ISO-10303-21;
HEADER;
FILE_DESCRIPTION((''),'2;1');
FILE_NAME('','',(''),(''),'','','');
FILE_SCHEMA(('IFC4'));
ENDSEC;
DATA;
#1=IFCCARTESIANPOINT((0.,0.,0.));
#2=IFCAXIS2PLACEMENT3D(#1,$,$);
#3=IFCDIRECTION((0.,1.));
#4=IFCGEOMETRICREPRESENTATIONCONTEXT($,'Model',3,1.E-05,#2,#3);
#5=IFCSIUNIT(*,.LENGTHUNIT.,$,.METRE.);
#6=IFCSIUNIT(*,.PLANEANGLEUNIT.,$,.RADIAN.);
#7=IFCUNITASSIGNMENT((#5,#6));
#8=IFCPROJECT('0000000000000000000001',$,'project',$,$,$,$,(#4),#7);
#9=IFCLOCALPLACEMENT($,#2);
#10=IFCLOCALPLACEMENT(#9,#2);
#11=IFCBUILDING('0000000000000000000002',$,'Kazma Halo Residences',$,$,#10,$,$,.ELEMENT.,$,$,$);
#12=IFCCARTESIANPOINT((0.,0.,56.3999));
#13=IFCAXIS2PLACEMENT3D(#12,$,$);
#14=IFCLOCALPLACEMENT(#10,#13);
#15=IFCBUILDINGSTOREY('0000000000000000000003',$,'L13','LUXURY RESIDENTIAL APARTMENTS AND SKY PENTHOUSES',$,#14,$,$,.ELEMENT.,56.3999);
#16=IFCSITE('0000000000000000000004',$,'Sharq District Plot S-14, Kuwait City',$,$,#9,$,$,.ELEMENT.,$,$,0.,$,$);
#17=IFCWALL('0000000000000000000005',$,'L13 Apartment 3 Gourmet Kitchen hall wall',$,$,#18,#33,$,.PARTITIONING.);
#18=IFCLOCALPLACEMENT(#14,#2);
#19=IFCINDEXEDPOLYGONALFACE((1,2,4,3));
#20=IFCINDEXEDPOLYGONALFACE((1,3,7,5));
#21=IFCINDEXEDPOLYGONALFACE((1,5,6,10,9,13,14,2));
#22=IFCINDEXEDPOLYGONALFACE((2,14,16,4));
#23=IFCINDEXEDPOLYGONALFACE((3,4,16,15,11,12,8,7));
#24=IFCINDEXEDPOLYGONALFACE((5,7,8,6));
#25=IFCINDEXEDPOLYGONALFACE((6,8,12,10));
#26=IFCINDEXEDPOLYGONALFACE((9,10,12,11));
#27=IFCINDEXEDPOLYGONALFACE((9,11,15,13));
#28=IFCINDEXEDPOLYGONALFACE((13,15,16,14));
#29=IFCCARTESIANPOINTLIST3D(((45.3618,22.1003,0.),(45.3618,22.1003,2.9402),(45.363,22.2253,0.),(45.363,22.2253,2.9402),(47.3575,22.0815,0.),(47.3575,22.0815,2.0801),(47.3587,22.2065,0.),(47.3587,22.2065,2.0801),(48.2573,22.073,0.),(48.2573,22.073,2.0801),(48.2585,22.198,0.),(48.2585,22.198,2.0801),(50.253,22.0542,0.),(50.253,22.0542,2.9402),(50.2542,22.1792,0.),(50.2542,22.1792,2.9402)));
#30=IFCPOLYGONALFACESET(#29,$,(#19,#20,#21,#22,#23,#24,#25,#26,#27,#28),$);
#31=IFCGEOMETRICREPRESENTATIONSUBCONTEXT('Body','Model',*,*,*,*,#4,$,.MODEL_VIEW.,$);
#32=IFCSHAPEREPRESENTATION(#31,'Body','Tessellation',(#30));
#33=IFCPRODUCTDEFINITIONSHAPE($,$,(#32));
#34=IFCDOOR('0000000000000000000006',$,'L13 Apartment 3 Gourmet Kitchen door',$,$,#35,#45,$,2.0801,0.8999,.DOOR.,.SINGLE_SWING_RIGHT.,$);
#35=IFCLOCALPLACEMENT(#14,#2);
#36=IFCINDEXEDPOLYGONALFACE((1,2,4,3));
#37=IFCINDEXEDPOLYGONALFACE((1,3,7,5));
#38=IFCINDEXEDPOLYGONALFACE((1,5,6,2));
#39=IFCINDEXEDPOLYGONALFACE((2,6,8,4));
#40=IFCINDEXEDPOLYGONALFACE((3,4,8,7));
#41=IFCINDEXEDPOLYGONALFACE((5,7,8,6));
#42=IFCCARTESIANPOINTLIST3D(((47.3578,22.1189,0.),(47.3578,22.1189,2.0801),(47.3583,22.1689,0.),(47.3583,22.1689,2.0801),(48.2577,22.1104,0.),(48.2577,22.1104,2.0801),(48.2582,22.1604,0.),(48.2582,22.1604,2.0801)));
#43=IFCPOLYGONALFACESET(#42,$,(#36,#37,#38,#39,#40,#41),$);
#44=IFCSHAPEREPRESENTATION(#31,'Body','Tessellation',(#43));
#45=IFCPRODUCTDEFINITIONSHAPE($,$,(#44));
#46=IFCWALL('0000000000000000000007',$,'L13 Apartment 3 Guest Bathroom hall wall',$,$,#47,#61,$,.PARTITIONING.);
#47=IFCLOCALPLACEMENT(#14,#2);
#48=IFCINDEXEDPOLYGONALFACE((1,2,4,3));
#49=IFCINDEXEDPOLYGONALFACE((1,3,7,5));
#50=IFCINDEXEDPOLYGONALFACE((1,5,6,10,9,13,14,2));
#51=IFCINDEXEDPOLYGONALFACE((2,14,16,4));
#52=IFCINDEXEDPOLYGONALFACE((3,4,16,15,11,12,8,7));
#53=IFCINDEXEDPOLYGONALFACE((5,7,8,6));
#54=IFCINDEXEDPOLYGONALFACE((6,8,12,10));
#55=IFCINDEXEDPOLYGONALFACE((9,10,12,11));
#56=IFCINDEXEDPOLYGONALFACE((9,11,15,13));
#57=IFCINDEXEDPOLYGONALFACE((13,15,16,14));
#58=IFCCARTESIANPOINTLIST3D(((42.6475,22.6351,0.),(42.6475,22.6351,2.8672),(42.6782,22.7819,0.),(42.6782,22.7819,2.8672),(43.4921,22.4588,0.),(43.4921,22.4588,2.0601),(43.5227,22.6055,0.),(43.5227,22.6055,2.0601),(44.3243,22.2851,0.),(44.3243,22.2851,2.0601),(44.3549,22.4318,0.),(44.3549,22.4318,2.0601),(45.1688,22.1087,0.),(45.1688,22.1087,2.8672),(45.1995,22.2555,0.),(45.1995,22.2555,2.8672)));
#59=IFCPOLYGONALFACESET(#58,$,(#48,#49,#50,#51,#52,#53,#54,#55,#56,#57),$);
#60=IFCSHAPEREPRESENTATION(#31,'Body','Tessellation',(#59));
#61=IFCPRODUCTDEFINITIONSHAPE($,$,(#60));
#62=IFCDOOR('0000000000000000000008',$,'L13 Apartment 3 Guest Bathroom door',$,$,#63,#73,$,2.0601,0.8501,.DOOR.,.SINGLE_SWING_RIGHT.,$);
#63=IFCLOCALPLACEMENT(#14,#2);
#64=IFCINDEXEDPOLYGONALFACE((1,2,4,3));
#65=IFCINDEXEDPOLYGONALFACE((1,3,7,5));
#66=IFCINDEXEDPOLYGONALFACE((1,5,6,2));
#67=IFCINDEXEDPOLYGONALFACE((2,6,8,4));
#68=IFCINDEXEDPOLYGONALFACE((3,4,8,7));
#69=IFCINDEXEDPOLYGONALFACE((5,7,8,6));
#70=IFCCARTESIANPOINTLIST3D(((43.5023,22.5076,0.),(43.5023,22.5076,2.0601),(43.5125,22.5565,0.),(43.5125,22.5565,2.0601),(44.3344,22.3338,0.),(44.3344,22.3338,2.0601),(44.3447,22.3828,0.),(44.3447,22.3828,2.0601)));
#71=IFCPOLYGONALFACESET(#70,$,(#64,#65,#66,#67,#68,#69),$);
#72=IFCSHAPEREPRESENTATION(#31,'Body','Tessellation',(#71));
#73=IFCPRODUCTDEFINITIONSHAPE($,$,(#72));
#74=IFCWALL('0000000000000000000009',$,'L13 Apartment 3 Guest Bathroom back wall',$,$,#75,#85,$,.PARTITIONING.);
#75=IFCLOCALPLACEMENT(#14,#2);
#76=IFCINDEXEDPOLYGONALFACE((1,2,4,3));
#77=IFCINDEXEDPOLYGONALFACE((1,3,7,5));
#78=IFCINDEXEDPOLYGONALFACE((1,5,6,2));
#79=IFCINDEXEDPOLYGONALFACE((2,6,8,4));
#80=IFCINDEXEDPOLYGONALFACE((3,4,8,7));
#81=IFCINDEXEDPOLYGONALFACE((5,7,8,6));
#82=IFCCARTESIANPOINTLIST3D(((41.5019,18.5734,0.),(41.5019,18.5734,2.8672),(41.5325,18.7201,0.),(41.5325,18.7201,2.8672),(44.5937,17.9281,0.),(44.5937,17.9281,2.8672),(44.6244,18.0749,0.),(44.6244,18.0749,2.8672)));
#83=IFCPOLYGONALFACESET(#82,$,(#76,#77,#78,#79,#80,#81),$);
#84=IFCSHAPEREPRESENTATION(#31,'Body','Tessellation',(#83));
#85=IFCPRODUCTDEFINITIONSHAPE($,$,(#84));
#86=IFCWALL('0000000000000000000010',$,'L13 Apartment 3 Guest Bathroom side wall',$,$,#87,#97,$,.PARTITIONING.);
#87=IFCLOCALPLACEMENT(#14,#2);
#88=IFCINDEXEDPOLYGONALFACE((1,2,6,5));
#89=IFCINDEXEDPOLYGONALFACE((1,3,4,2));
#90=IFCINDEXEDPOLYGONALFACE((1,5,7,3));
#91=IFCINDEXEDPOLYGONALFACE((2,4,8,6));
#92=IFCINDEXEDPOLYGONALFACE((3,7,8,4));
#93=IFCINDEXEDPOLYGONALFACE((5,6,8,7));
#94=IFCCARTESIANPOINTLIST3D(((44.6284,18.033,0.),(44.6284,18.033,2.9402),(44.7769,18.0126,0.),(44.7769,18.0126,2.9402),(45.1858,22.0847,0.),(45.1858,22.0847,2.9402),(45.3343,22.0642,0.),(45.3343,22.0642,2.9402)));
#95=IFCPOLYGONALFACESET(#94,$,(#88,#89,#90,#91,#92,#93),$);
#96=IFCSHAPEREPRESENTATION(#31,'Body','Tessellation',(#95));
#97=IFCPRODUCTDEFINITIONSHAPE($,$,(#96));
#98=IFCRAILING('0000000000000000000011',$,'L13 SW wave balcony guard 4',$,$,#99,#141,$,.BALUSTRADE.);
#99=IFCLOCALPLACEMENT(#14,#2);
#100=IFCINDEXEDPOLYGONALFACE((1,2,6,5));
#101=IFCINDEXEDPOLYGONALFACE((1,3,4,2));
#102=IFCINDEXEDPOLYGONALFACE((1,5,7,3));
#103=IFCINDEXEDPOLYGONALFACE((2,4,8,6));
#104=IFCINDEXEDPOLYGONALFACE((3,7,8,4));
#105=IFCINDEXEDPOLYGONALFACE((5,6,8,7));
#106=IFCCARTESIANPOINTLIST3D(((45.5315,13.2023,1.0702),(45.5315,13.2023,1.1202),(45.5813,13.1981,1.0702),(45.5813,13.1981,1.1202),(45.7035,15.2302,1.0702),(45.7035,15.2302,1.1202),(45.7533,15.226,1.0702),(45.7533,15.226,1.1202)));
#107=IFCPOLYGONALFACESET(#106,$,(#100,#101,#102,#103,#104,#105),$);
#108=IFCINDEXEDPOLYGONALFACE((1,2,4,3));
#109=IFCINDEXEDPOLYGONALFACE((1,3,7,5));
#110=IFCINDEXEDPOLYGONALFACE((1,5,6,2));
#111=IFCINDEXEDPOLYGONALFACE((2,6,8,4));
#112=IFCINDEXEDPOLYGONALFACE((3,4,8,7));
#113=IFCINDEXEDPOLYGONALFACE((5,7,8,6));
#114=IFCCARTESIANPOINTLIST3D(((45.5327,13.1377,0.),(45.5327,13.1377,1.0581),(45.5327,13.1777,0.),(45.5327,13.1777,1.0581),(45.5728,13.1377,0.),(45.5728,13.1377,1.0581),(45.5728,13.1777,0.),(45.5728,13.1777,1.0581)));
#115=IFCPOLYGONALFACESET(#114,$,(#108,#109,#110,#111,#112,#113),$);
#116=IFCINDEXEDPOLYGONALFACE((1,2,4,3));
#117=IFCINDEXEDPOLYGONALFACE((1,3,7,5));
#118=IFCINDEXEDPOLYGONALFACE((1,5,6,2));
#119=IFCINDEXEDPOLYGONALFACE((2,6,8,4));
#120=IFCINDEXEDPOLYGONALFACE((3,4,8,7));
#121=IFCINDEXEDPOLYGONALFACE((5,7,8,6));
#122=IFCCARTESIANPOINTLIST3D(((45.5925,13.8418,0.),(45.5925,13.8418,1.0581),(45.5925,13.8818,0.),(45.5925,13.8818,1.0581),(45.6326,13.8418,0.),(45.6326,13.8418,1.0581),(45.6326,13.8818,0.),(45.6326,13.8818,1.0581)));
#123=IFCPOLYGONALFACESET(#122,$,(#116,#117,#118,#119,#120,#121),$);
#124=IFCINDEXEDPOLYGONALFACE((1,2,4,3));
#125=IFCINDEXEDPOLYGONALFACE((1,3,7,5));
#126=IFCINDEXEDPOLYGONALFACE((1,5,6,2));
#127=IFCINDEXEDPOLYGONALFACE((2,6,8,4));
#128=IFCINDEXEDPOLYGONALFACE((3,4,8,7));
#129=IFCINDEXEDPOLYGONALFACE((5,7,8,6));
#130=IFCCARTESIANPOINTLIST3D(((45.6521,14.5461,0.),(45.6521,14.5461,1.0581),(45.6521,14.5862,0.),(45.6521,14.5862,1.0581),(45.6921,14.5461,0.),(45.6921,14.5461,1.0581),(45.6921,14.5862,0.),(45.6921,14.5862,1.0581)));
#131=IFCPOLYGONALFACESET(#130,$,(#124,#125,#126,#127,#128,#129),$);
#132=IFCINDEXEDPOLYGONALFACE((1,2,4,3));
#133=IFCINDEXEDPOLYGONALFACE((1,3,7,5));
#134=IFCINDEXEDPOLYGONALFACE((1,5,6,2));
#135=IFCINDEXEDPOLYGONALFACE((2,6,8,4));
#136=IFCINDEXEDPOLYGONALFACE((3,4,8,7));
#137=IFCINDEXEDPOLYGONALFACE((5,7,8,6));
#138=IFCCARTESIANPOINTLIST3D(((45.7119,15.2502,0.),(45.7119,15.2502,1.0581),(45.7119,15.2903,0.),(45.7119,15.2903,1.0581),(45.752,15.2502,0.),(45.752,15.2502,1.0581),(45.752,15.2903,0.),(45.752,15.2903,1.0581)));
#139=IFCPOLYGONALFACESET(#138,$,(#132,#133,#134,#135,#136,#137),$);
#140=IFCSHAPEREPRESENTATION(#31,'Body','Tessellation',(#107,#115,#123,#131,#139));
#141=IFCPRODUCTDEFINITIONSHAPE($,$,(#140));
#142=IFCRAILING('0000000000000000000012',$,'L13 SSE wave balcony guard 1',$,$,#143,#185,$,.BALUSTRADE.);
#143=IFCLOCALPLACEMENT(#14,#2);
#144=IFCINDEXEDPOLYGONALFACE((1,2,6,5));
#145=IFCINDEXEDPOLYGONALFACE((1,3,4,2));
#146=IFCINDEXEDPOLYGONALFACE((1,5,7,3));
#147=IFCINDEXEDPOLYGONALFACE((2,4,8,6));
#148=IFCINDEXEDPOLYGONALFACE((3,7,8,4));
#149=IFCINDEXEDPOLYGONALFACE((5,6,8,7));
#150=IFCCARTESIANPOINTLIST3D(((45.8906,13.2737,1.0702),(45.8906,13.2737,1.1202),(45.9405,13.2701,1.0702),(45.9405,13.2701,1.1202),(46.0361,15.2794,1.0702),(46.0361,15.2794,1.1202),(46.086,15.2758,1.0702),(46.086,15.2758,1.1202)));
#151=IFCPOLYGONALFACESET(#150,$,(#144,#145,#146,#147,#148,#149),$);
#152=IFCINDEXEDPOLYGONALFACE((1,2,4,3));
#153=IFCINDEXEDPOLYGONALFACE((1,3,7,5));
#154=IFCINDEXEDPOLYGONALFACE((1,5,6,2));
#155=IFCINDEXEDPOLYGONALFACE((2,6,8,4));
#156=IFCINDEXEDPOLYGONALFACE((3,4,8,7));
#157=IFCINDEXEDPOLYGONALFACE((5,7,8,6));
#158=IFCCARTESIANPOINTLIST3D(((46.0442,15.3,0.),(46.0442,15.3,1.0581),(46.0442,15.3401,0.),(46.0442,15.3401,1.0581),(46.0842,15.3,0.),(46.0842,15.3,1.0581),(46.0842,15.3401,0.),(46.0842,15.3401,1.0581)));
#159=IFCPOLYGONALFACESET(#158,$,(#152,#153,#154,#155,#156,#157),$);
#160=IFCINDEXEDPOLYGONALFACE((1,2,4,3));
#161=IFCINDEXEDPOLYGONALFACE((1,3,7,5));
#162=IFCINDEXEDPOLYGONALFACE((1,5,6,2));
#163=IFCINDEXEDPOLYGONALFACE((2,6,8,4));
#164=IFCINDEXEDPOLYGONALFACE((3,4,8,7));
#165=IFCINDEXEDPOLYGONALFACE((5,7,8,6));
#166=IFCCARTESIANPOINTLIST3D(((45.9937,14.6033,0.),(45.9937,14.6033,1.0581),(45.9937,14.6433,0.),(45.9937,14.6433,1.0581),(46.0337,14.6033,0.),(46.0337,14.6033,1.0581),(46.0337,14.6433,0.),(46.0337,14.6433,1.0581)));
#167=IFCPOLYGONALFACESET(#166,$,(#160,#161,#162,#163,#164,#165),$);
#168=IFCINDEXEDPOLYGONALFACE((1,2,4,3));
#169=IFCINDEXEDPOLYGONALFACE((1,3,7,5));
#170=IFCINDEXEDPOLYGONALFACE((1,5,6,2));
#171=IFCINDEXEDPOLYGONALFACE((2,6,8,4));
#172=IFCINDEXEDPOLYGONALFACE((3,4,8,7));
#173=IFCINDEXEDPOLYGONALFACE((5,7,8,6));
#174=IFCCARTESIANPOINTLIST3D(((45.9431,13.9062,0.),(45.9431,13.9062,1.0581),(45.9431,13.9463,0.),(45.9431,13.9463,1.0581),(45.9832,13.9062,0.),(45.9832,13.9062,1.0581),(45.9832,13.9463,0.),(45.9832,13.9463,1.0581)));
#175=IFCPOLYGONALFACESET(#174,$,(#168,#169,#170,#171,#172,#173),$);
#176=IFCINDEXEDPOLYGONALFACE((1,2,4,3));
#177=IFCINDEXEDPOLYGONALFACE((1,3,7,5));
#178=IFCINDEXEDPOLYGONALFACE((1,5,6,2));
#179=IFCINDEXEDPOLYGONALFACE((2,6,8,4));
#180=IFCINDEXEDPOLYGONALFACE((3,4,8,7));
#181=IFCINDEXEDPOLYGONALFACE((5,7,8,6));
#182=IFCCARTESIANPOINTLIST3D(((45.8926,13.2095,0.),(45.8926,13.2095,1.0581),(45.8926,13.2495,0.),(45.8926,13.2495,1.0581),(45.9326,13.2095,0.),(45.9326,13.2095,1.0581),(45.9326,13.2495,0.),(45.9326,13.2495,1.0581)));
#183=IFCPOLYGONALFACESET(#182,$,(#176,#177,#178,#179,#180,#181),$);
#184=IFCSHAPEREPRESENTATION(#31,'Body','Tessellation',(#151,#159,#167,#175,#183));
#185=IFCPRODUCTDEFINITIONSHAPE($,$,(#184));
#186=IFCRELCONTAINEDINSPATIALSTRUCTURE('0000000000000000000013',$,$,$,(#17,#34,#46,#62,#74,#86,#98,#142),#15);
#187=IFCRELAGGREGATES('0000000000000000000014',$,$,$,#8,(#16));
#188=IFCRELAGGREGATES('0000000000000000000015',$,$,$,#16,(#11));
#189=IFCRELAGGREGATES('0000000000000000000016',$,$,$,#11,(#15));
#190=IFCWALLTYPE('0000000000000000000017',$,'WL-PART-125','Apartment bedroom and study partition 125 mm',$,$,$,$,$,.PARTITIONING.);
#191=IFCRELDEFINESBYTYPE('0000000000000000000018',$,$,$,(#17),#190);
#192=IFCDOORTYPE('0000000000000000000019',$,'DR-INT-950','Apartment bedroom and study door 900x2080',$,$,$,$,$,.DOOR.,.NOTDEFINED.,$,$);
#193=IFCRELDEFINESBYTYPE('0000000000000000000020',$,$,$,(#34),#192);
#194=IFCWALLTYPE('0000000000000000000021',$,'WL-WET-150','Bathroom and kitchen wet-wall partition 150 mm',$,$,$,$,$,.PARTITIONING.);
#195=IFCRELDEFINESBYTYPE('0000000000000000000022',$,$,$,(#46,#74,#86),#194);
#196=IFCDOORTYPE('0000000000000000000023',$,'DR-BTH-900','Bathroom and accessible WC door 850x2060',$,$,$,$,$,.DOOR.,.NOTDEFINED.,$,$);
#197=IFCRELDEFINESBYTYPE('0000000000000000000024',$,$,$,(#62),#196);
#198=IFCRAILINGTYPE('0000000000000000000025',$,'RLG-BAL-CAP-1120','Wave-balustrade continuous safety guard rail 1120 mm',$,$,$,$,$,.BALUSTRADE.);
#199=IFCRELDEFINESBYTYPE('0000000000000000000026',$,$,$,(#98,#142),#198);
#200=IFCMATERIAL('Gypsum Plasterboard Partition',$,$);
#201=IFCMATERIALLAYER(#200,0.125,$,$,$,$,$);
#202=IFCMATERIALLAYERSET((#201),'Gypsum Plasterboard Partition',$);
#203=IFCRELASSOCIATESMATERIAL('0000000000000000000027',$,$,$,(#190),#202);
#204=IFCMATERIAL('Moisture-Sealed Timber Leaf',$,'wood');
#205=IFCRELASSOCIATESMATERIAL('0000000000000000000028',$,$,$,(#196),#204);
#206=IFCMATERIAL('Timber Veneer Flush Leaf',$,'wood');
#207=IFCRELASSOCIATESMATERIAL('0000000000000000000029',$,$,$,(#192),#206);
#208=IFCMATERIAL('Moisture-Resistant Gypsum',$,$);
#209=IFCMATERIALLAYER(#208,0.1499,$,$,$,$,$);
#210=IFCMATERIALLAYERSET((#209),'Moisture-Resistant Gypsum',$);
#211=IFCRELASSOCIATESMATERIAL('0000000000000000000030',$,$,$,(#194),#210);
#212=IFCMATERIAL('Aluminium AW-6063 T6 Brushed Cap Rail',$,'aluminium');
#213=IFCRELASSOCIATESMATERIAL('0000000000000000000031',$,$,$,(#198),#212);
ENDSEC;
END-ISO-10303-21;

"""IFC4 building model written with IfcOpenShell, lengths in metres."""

from ifc_helpers import new_model, si_unit, direction, frame, frame_2d, origin, origin_2d, place, context, subcontext, project, spatial, rectangle, extrude, material, layer, layer_set, type_object, element, fill, save


model = new_model("IFC4")

# Units and contexts
model_context = context("Model", 3, precision=1e-05, world=origin(), true_north=direction((0.0, 1.0)))
body_context = subcontext(model_context, "Body", "Model", "MODEL_VIEW")
ifc_project = project(units=[si_unit("LENGTHUNIT", "METRE"), si_unit("PLANEANGLEUNIT", "RADIAN")], contexts=[model_context])

# Site, building, storey
site_placement = place(None, origin())
site = spatial("IfcSite", under=ifc_project, at=site_placement, Name="Sharq District Plot S-14, Kuwait City", CompositionType="ELEMENT", RefElevation=0.0)
building_placement = place(site_placement, origin())
building = spatial("IfcBuilding", under=site, at=building_placement, Name="Kazma Halo Residences", CompositionType="ELEMENT")
storey_placement = place(building_placement, frame((0.0, 0.0, 56.3999)))
storey = spatial("IfcBuildingStorey", under=building, at=storey_placement, Name="L13", Description="LUXURY RESIDENTIAL APARTMENTS AND SKY PENTHOUSES", CompositionType="ELEMENT", Elevation=56.3999)

# Shared definitions
ifc_material_1 = material(Name="Gypsum Plasterboard Partition")
ifc_layer_1 = layer(ifc_material_1, 0.125)
ifc_layer_set_1 = layer_set([ifc_layer_1], Name="Gypsum Plasterboard Partition")
wall_type_1 = type_object("IfcWallType", Name="WL-PART-125", Description="Apartment bedroom and study partition 125 mm", PredefinedType="PARTITIONING", material=ifc_layer_set_1)

# Walls, openings, doors
ifc_material_2 = material(Name="Moisture-Sealed Timber Leaf", Category="wood")
door_type_1 = type_object("IfcDoorType", Name="DR-BTH-900", Description="Bathroom and accessible WC door 850x2060", OperationType="NOTDEFINED", PredefinedType="DOOR", material=ifc_material_2)
wall_1_placement = place(storey_placement, frame((45.3623, 22.1628, 0.0), z_axis=(0.0, 0.0, 1.0), x_axis=(0.999956, -0.009434, 0.0)))
wall_1 = element("IfcWall", 1, at=wall_1_placement, inside=storey, type_object=wall_type_1, Name="L13 Apartment 3 Gourmet Kitchen hall wall", PredefinedType="PARTITIONING", context=body_context, shape_type="SweptSolid", body=[
    extrude(rectangle(XDim=4.8914, YDim=0.125, at=frame_2d((2.4458, 0.0))), origin(), (0.0, 0.0, 1.0), 2.9402),
])
opening_1_placement = place(wall_1_placement, frame((1.9958, 0.0, 0.0)))
opening_1 = element("IfcOpeningElement", 2, at=opening_1_placement, cuts=wall_1, PredefinedType="OPENING", context=body_context, shape_type="SweptSolid", body=[
    extrude(rectangle(XDim=0.8999, YDim=2.0801, at=frame_2d((0.45, 1.04))), frame((0.0, 0.0725, 0.0), z_axis=(0.0, -1.0, 0.0), x_axis=(1.0, 0.0, 0.0)), (0.0, 0.0, 1.0), 0.145),
])
ifc_material_3 = material(Name="Timber Veneer Flush Leaf", Category="wood")
door_type_2 = type_object("IfcDoorType", Name="DR-INT-950", Description="Apartment bedroom and study door 900x2080", OperationType="NOTDEFINED", PredefinedType="DOOR", material=ifc_material_3)
door_1_placement = place(opening_1_placement, origin())
door_1 = element("IfcDoor", 3, at=door_1_placement, inside=storey, type_object=door_type_2, Name="L13 Apartment 3 Gourmet Kitchen door", OperationType="SINGLE_SWING_RIGHT", OverallHeight=2.0801, OverallWidth=0.8999, PredefinedType="DOOR", context=body_context, shape_type="SweptSolid", body=[
    extrude(rectangle(XDim=0.8999, YDim=2.0801, at=frame_2d((0.45, 1.04))), frame((0.0, 0.0249, 0.0), z_axis=(0.0, -1.0, 0.0), x_axis=(1.0, 0.0, 0.0)), (0.0, 0.0, 1.0), 0.05),
])
fill(opening_1, door_1)
ifc_material_4 = material(Name="Moisture-Resistant Gypsum")
ifc_layer_2 = layer(ifc_material_4, 0.1499)
ifc_layer_set_2 = layer_set([ifc_layer_2], Name="Moisture-Resistant Gypsum")
wall_type_2 = type_object("IfcWallType", Name="WL-WET-150", Description="Bathroom and kitchen wet-wall partition 150 mm", PredefinedType="PARTITIONING", material=ifc_layer_set_2)
wall_2_placement = place(storey_placement, frame((42.6628, 22.7085, 0.0), z_axis=(0.0, 0.0, 1.0), x_axis=(0.978894, -0.204367, 0.0)))
wall_2 = element("IfcWall", 4, at=wall_2_placement, inside=storey, type_object=wall_type_2, Name="L13 Apartment 3 Guest Bathroom hall wall", PredefinedType="PARTITIONING", context=body_context, shape_type="SweptSolid", body=[
    extrude(rectangle(XDim=2.5757, YDim=0.1499, at=frame_2d((1.2878, 0.0))), origin(), (0.0, 0.0, 1.0), 2.8672),
])
opening_2_placement = place(wall_2_placement, frame((0.8628, 0.0, 0.0)))
opening_2 = element("IfcOpeningElement", 5, at=opening_2_placement, cuts=wall_2, PredefinedType="OPENING", context=body_context, shape_type="SweptSolid", body=[
    extrude(rectangle(XDim=0.8501, YDim=2.0601, at=frame_2d((0.425, 1.03))), frame((0.0, 0.085, 0.0), z_axis=(0.0, -1.0, 0.0), x_axis=(1.0, 0.0, 0.0)), (0.0, 0.0, 1.0), 0.1699),
])
door_2_placement = place(opening_2_placement, origin())
door_2 = element("IfcDoor", 6, at=door_2_placement, inside=storey, type_object=door_type_1, Name="L13 Apartment 3 Guest Bathroom door", OperationType="SINGLE_SWING_RIGHT", OverallHeight=2.0601, OverallWidth=0.8501, PredefinedType="DOOR", context=body_context, shape_type="SweptSolid", body=[
    extrude(rectangle(XDim=0.8501, YDim=2.0601, at=frame_2d((0.425, 1.03))), frame((0.0, 0.0249, 0.0), z_axis=(0.0, -1.0, 0.0), x_axis=(1.0, 0.0, 0.0)), (0.0, 0.0, 1.0), 0.05),
])
fill(opening_2, door_2)

# Walls
wall_3_placement = place(storey_placement, frame((41.5173, 18.6467, 0.0), z_axis=(0.0, 0.0, 1.0), x_axis=(0.978908, -0.2043, 0.0)))
element("IfcWall", 7, at=wall_3_placement, inside=storey, type_object=wall_type_2, Name="L13 Apartment 3 Guest Bathroom back wall", PredefinedType="PARTITIONING", context=body_context, shape_type="SweptSolid", body=[
    extrude(rectangle(XDim=3.1584, YDim=0.1499, at=frame_2d((1.5791, 0.0))), origin(), (0.0, 0.0, 1.0), 2.8672),
])
wall_4_placement = place(storey_placement, frame((45.26, 22.0745, 0.0), z_axis=(0.0, 0.0, 1.0), x_axis=(-0.13628, -0.99067, 0.0)))
element("IfcWall", 8, at=wall_4_placement, inside=storey, type_object=wall_type_2, Name="L13 Apartment 3 Guest Bathroom side wall", PredefinedType="PARTITIONING", context=body_context, shape_type="SweptSolid", body=[
    extrude(rectangle(XDim=4.0898, YDim=0.1499, at=frame_2d((2.0449, 0.0))), origin(), (0.0, 0.0, 1.0), 2.9402),
])

# Railings
ifc_material_5 = material(Name="Aluminium AW-6063 T6 Brushed Cap Rail", Category="aluminium")
railing_type = type_object("IfcRailingType", Name="RLG-BAL-CAP-1120", Description="Wave-balustrade continuous safety guard rail 1120 mm", PredefinedType="BALUSTRADE", material=ifc_material_5)
railing_1_placement = place(storey_placement, frame((45.5527, 13.1577, 0.0)))
element("IfcRailing", 9, at=railing_1_placement, inside=storey, type_object=railing_type, Name="L13 SW wave balcony guard 4", PredefinedType="BALUSTRADE", context=body_context, shape_type="SweptSolid", body=[
    extrude(rectangle(XDim=0.05, YDim=0.05, at=origin_2d()), frame((0.0037, 0.0425, 1.0952), z_axis=(0.084523, 0.996422, 0.0), x_axis=(-0.996422, 0.084523, 0.0)), (0.0, 0.0, 1.0), 2.0352),
    extrude(rectangle(XDim=0.04, YDim=0.04, at=origin_2d()), origin(), (0.0, 0.0, 1.0), 1.0581),
    extrude(rectangle(XDim=0.04, YDim=0.04, at=origin_2d()), frame((0.0598, 0.7041, 0.0)), (0.0, 0.0, 1.0), 1.0581),
    extrude(rectangle(XDim=0.04, YDim=0.04, at=origin_2d()), frame((0.1194, 1.4084, 0.0)), (0.0, 0.0, 1.0), 1.0581),
    extrude(rectangle(XDim=0.04, YDim=0.04, at=origin_2d()), frame((0.1792, 2.1125, 0.0)), (0.0, 0.0, 1.0), 1.0581),
])
railing_2_placement = place(storey_placement, frame((46.0642, 15.3201, 0.0)))
element("IfcRailing", 10, at=railing_2_placement, inside=storey, type_object=railing_type, Name="L13 SSE wave balcony guard 1", PredefinedType="BALUSTRADE", context=body_context, shape_type="SweptSolid", body=[
    extrude(rectangle(XDim=0.05, YDim=0.05, at=origin_2d()), frame((-0.0032, -0.0425, 1.0952), z_axis=(-0.072331, -0.997381, 0.0), x_axis=(0.997381, -0.072331, 0.0)), (0.0, 0.0, 1.0), 2.011),
    extrude(rectangle(XDim=0.04, YDim=0.04, at=origin_2d()), origin(), (0.0, 0.0, 1.0), 1.0581),
    extrude(rectangle(XDim=0.04, YDim=0.04, at=origin_2d()), frame((-0.0505, -0.6968, 0.0)), (0.0, 0.0, 1.0), 1.0581),
    extrude(rectangle(XDim=0.04, YDim=0.04, at=origin_2d()), frame((-0.1011, -1.3938, 0.0)), (0.0, 0.0, 1.0), 1.0581),
    extrude(rectangle(XDim=0.04, YDim=0.04, at=origin_2d()), frame((-0.1516, -2.0906, 0.0)), (0.0, 0.0, 1.0), 1.0581),
])

save(model, "model.ifc")
